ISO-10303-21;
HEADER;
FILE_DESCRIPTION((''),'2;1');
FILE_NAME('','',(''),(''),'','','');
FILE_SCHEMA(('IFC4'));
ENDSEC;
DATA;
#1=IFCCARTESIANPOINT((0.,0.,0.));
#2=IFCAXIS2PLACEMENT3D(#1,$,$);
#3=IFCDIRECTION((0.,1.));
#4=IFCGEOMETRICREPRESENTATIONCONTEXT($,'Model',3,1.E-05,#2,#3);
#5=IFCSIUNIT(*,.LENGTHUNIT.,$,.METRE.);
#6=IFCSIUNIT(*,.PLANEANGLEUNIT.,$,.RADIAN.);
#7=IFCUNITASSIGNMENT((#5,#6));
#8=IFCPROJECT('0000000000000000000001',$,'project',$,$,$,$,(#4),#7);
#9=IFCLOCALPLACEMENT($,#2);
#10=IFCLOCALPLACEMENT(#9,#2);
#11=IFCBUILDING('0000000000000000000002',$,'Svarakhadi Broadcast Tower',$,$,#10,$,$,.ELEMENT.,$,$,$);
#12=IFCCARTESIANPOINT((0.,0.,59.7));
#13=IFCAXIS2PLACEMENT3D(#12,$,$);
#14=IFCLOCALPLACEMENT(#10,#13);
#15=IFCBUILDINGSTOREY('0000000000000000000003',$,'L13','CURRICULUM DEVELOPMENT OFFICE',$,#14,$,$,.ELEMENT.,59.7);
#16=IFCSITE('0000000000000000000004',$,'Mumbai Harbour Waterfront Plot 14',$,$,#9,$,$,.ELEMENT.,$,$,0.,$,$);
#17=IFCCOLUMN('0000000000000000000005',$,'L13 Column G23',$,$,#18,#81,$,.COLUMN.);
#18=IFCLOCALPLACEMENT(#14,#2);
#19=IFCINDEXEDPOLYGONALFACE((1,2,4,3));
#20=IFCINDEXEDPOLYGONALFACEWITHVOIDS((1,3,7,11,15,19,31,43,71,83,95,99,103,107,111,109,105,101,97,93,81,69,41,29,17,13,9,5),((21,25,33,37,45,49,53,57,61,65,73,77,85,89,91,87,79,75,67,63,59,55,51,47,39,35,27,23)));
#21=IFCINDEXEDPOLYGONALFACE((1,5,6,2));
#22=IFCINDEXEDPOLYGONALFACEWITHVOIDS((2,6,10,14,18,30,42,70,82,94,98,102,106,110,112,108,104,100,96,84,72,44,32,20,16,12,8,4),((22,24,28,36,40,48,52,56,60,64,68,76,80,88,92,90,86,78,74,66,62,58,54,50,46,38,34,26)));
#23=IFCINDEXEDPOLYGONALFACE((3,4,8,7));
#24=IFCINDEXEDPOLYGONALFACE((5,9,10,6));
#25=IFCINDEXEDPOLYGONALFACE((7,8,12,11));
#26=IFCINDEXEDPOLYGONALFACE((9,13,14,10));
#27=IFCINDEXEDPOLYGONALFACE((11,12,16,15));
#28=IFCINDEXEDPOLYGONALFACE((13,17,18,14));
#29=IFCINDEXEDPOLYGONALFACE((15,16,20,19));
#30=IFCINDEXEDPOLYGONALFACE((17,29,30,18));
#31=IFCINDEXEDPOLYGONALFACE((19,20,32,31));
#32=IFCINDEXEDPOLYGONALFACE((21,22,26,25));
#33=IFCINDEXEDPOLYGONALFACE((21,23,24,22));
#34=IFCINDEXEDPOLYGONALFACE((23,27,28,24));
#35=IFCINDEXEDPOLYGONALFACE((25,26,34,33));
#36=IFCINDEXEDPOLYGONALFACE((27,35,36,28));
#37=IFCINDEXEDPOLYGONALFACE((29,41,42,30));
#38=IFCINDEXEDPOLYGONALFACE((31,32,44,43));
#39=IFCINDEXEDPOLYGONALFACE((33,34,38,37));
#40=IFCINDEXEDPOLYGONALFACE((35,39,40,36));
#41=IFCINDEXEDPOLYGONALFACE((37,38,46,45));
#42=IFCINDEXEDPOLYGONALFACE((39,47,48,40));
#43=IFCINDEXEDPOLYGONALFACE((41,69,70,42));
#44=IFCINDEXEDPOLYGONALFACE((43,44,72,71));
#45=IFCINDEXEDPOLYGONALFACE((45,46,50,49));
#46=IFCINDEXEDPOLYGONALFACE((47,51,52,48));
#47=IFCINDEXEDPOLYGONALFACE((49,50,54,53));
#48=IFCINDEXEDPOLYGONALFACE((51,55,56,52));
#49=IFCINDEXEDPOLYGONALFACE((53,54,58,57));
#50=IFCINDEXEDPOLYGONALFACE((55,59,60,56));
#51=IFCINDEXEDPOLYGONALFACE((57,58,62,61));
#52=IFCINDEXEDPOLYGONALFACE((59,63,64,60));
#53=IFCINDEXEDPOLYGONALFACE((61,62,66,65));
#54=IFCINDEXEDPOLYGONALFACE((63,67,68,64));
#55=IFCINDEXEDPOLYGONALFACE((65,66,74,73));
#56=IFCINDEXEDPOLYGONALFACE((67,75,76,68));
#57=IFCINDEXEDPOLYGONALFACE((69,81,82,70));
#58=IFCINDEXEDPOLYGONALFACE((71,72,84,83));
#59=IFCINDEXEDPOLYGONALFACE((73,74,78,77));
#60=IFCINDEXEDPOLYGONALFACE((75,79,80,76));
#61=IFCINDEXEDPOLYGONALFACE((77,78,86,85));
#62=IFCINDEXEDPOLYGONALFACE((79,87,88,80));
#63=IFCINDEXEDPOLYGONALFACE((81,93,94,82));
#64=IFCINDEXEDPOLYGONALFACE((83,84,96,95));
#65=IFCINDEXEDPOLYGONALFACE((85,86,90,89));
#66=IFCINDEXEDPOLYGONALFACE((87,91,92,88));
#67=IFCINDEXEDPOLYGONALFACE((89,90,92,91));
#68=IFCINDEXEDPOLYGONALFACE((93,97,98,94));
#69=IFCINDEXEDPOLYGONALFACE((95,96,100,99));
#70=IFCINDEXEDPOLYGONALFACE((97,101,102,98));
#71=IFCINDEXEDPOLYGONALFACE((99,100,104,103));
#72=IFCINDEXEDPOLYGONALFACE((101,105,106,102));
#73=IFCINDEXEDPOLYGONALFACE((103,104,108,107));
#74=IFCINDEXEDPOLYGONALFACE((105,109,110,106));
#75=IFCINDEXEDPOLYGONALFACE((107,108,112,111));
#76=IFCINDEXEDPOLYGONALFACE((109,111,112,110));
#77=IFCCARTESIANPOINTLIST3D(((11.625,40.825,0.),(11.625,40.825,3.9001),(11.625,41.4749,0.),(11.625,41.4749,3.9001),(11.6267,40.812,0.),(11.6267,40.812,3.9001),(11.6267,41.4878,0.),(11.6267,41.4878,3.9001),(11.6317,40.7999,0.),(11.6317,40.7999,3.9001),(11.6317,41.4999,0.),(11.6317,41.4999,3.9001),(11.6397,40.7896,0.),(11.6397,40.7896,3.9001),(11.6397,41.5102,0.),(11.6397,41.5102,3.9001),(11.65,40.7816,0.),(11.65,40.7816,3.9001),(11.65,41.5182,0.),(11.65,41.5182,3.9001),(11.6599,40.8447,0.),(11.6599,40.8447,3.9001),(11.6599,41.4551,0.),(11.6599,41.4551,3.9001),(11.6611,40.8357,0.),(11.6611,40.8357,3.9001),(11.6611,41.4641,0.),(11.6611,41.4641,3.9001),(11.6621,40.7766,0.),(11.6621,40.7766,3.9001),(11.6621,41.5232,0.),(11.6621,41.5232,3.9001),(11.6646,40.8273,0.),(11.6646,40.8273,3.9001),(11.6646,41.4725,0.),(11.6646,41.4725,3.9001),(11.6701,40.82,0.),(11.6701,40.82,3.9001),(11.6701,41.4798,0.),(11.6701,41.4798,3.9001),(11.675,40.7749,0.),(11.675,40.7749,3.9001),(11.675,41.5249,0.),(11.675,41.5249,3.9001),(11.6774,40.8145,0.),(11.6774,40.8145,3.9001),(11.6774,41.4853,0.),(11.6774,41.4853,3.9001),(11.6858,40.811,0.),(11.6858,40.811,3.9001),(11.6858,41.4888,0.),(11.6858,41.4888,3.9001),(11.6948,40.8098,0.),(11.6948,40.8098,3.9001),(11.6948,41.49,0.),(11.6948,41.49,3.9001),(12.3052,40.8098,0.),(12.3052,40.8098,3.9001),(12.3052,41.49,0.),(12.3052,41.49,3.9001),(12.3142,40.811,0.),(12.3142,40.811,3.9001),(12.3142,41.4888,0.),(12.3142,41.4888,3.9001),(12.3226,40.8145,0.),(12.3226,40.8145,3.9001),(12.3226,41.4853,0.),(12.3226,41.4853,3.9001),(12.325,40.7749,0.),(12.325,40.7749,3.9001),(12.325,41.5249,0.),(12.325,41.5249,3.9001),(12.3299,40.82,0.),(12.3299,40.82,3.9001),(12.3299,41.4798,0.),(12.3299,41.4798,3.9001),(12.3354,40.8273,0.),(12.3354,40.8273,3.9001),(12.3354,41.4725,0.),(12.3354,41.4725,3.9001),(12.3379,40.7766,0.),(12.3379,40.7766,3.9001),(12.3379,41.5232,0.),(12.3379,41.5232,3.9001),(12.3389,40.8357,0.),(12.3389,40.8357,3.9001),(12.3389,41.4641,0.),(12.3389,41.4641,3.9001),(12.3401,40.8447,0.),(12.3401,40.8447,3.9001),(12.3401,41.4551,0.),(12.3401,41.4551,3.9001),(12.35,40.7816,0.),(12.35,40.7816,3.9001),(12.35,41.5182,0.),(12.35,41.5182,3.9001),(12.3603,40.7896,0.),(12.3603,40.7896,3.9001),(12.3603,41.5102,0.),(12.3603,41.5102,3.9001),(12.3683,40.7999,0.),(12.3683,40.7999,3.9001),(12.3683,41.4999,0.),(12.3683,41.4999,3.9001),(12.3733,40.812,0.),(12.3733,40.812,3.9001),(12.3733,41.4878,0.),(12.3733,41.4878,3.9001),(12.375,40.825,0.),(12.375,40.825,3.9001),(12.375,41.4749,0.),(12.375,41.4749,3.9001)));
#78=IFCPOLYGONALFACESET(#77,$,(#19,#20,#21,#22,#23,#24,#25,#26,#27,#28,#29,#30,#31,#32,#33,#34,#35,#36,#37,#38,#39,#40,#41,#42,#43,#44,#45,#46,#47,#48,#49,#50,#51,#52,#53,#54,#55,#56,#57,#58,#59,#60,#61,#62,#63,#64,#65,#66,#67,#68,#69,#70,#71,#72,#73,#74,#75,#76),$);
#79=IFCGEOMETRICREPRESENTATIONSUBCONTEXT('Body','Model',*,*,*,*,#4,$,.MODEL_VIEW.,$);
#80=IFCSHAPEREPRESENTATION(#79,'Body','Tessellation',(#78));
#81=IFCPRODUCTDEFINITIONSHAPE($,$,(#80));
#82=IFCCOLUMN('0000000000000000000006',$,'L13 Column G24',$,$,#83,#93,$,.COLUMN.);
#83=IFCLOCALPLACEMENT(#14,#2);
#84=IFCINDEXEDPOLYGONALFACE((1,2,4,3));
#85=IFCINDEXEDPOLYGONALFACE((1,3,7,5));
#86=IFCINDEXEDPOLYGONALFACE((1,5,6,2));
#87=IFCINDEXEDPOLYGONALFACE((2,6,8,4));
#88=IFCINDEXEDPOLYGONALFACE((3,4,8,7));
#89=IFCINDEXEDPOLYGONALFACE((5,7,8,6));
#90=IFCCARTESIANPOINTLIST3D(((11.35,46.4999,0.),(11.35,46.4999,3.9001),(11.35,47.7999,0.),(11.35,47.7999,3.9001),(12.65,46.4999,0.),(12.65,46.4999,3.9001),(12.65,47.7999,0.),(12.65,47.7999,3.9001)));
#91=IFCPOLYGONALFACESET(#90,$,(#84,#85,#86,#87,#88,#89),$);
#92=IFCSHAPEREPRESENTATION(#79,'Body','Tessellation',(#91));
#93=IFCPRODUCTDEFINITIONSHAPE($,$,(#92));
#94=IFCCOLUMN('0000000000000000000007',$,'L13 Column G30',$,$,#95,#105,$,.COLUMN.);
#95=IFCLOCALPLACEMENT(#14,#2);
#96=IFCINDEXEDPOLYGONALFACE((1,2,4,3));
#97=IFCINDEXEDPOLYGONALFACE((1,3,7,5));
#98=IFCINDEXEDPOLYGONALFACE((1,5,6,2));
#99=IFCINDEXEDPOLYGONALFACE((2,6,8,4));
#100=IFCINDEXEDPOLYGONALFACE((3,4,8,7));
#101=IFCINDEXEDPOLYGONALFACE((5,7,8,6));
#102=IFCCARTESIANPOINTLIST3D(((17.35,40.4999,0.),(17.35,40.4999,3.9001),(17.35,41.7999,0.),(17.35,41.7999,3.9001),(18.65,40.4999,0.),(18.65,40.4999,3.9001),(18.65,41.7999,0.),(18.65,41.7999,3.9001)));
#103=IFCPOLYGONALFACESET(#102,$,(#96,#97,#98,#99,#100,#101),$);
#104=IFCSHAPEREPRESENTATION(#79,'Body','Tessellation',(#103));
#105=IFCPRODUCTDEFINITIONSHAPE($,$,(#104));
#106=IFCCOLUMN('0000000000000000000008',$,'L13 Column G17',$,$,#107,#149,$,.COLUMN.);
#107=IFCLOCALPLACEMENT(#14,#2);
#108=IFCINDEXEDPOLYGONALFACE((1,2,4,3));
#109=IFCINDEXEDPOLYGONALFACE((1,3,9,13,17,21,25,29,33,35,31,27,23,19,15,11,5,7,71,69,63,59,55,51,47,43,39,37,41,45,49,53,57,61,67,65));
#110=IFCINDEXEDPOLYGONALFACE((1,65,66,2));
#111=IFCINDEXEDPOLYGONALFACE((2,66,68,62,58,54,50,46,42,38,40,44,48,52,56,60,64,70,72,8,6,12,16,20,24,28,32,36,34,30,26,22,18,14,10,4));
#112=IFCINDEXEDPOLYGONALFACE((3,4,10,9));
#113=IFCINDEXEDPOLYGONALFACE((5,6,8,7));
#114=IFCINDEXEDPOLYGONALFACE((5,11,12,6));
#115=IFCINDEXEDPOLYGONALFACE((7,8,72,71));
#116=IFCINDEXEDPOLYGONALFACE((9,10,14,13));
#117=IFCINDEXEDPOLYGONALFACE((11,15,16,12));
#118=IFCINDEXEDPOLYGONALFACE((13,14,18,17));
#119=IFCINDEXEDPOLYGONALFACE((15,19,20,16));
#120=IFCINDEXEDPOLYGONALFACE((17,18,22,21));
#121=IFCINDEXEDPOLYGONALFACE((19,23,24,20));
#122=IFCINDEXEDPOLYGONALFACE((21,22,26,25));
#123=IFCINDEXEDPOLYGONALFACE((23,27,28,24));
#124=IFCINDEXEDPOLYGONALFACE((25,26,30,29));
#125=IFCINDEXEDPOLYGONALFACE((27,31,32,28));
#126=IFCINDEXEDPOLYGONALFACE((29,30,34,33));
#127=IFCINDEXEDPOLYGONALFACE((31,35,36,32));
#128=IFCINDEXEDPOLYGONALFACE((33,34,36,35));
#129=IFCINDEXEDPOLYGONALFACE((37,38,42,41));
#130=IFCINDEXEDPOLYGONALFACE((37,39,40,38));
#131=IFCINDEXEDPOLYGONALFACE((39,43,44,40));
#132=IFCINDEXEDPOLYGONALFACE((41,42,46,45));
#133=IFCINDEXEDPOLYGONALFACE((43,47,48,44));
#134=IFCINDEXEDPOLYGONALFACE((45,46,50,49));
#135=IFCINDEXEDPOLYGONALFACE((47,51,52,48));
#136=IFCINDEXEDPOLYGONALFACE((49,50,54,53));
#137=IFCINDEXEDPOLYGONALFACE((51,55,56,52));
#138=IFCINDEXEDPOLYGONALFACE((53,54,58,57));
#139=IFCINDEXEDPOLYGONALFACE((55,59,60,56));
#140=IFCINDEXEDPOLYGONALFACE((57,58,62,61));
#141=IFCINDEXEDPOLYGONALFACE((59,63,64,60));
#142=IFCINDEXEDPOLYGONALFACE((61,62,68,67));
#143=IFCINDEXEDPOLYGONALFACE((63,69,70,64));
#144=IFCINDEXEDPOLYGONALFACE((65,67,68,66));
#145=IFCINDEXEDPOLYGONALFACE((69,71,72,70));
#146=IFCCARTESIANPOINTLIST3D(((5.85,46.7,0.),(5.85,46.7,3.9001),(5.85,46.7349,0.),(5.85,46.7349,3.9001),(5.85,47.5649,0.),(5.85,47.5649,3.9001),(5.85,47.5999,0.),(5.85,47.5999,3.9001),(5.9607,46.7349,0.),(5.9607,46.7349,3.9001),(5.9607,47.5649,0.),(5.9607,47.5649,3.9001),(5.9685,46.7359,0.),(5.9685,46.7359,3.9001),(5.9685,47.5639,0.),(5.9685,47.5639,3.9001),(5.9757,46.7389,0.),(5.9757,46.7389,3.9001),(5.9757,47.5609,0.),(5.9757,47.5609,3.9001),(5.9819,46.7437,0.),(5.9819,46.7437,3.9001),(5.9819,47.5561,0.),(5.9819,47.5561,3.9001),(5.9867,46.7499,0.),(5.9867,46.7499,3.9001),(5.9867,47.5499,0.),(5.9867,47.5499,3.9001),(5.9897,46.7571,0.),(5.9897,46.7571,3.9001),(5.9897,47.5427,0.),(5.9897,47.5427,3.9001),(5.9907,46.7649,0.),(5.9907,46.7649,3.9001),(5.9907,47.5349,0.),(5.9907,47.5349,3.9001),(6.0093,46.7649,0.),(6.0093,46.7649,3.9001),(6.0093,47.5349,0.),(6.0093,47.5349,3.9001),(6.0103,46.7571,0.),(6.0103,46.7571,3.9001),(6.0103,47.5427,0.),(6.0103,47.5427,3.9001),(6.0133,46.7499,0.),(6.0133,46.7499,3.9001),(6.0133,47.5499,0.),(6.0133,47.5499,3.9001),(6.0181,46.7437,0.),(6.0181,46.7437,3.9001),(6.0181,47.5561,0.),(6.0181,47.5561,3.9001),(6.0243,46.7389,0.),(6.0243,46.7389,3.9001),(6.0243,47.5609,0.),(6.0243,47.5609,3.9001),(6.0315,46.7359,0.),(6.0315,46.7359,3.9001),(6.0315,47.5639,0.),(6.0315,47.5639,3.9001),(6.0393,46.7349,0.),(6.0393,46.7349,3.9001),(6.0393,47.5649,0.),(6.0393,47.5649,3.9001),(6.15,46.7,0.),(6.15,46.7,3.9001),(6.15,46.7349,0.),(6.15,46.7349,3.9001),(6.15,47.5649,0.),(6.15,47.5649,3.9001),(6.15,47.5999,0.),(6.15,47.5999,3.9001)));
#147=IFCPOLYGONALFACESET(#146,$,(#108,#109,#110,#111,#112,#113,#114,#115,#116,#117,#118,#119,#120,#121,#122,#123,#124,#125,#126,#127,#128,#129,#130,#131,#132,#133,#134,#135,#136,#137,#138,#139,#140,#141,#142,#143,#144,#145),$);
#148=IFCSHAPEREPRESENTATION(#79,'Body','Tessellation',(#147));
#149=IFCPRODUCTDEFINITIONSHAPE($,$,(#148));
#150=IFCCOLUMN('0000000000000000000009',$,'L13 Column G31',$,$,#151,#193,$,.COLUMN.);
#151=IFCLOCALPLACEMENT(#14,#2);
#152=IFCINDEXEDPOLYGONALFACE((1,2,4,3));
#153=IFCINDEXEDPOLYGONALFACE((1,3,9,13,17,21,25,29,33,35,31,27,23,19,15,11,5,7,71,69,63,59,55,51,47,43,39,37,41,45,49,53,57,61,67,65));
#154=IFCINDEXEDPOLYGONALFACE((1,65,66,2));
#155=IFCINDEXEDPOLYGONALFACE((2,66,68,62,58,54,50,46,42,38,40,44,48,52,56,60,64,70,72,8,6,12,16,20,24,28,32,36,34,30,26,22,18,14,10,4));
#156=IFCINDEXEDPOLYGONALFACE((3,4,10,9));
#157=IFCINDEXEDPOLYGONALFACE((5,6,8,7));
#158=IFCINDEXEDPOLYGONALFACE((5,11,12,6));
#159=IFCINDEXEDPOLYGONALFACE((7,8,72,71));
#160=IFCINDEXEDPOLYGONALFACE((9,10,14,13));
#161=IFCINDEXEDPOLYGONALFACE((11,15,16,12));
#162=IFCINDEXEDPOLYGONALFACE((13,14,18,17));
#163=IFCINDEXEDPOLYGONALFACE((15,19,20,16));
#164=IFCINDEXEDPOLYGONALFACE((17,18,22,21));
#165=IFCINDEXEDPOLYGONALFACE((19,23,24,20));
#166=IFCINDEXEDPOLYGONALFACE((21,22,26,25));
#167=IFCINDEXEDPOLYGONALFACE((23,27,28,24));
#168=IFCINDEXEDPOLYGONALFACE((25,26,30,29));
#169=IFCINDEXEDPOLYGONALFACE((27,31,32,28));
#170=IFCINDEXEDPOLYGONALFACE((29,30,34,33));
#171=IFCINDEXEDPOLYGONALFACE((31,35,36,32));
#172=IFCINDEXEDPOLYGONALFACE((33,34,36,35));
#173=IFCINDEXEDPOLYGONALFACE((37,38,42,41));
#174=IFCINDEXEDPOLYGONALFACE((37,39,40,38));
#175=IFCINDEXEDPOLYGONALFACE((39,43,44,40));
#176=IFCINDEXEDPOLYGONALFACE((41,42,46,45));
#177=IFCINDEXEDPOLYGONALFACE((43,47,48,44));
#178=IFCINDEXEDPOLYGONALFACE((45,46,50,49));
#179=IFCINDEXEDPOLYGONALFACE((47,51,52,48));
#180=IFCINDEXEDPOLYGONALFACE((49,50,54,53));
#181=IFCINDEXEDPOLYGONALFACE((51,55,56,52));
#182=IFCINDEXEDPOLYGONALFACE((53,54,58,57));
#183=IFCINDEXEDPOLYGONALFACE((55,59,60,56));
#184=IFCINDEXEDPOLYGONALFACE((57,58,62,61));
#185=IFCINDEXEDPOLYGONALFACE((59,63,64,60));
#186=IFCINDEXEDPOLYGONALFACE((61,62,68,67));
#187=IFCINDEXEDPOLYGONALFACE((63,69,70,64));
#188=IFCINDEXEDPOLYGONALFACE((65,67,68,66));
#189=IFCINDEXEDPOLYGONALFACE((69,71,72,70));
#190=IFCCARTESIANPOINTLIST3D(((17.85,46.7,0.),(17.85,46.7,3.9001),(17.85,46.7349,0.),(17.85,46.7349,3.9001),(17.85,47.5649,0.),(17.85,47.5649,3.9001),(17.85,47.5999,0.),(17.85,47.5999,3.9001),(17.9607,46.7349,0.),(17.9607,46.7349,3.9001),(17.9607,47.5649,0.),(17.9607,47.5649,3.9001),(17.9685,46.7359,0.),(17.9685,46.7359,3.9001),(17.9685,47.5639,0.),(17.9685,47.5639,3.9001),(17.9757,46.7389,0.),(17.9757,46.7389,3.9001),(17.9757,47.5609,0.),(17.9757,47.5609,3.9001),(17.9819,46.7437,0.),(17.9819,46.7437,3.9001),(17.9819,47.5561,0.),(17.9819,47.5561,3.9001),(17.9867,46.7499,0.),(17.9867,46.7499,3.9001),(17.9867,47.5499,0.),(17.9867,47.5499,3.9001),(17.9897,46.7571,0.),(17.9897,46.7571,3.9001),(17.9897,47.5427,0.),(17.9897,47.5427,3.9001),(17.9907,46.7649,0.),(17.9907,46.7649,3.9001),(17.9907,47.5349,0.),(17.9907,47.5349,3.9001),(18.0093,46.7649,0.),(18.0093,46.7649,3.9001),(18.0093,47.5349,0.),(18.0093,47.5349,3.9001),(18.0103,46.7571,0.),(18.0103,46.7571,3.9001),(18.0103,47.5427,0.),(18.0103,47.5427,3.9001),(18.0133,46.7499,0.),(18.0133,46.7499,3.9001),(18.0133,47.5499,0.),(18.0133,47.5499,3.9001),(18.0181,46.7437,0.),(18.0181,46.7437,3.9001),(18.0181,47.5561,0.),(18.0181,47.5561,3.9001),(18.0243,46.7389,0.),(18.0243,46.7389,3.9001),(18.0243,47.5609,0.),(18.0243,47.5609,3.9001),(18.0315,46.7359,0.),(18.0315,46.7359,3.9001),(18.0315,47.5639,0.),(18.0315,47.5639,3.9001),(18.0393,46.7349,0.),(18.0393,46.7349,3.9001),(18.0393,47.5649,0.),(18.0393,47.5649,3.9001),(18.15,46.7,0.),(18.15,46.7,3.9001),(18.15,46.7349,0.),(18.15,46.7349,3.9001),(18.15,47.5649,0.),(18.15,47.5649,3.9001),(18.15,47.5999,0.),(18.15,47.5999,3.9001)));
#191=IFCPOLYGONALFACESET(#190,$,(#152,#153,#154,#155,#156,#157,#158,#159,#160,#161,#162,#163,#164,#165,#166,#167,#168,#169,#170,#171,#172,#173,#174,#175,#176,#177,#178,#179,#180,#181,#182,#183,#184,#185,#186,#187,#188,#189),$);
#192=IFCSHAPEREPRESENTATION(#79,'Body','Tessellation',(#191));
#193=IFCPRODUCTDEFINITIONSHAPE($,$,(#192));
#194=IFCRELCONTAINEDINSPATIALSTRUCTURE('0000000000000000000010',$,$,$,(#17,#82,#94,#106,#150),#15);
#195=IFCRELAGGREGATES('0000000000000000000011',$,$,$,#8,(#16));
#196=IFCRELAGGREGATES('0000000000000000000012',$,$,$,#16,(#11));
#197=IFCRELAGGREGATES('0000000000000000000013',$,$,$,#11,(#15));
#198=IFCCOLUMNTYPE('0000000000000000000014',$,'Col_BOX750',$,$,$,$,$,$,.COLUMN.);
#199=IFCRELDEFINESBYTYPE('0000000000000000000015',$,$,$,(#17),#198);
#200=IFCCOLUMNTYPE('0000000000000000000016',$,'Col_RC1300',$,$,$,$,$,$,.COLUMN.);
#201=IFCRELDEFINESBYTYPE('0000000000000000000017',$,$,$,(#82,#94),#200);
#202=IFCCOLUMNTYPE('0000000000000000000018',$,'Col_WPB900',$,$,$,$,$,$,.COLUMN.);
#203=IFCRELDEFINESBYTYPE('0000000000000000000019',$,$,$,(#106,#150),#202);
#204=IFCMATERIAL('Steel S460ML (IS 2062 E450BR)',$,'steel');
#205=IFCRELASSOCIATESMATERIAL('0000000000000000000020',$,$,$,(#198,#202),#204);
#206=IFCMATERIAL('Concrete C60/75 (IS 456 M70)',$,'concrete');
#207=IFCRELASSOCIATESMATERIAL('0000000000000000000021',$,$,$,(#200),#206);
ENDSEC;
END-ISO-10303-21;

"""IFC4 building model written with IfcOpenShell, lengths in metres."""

from ifc_helpers import new_model, si_unit, direction, frame, origin, origin_2d, place, context, subcontext, project, spatial, rectangle, hollow_rectangle, i_section, extrude, material, material_profile, profile_set, type_object, element, save


model = new_model("IFC4")

# Units and contexts
model_context = context("Model", 3, precision=1e-05, world=origin(), true_north=direction((0.0, 1.0)))
body_context = subcontext(model_context, "Body", "Model", "MODEL_VIEW")
ifc_project = project(units=[si_unit("LENGTHUNIT", "METRE"), si_unit("PLANEANGLEUNIT", "RADIAN")], contexts=[model_context])

# Site, building, storey
site_placement = place(None, origin())
site = spatial("IfcSite", under=ifc_project, at=site_placement, Name="Mumbai Harbour Waterfront Plot 14", CompositionType="ELEMENT", RefElevation=0.0)
building_placement = place(site_placement, origin())
building = spatial("IfcBuilding", under=site, at=building_placement, Name="Svarakhadi Broadcast Tower", CompositionType="ELEMENT")
storey_placement = place(building_placement, frame((0.0, 0.0, 59.7)))
storey = spatial("IfcBuildingStorey", under=building, at=storey_placement, Name="L13", Description="CURRICULUM DEVELOPMENT OFFICE", CompositionType="ELEMENT", Elevation=59.7)

# Columns
ifc_material_1 = material(Name="Steel S460ML (IS 2062 E450BR)", Category="steel")
ifc_material_profile_1 = material_profile(ifc_material_1, hollow_rectangle(XDim=0.75, YDim=0.75, WallThickness=0.0349, InnerFilletRadius=0.0349, OuterFilletRadius=0.05, at=origin_2d()), Name="BOX 750x750x35")
ifc_profile_set_1 = profile_set([ifc_material_profile_1], Name="Steel S460ML (IS 2062 E450BR)")
column_type_1 = type_object("IfcColumnType", Name="Col_BOX750", PredefinedType="COLUMN", material=ifc_profile_set_1)
column_placement = place(storey_placement, frame((12.0, 41.1499, 0.0), z_axis=(0.0, 0.0, 1.0), x_axis=(1.0, 0.0, 0.0)))
element("IfcColumn", 1, at=column_placement, inside=storey, type_object=column_type_1, Name="L13 Column G23", PredefinedType="COLUMN", context=body_context, shape_type="SweptSolid", body=[
    extrude(hollow_rectangle(XDim=0.75, YDim=0.75, WallThickness=0.0349, InnerFilletRadius=0.0349, OuterFilletRadius=0.05, at=origin_2d()), origin(), (0.0, 0.0, 1.0), 3.9001),
])
ifc_material_2 = material(Name="Concrete C60/75 (IS 456 M70)", Category="concrete")
ifc_material_profile_2 = material_profile(ifc_material_2, rectangle(XDim=1.3, YDim=1.3, at=origin_2d()), Name="RC 1300x1300")
ifc_profile_set_2 = profile_set([ifc_material_profile_2], Name="Concrete C60/75 (IS 456 M70)")
column_type_2 = type_object("IfcColumnType", Name="Col_RC1300", PredefinedType="COLUMN", material=ifc_profile_set_2)
for number, where, z_axis, x_axis, name in (
    (2, (12.0, 47.1499, 0.0), (0.0, 0.0, 1.0), (1.0, 0.0, 0.0), "L13 Column G24"),
    (3, (18.0, 41.1499, 0.0), (0.0, 0.0, 1.0), (1.0, 0.0, 0.0), "L13 Column G30"),
):
    element("IfcColumn", number, at=place(storey_placement, frame(where, z_axis=z_axis, x_axis=x_axis)), inside=storey, type_object=column_type_2, Name=name, PredefinedType="COLUMN", context=body_context, shape_type="SweptSolid", body=[
        extrude(rectangle(XDim=1.3, YDim=1.3, at=origin_2d()), origin(), (0.0, 0.0, 1.0), 3.9001),
    ])
ifc_material_profile_3 = material_profile(ifc_material_1, i_section(OverallWidth=0.3, OverallDepth=0.8999, WebThickness=0.0186, FlangeThickness=0.0349, FilletRadius=0.03, at=origin_2d()), Name="WPB 900x300x291")
ifc_profile_set_3 = profile_set([ifc_material_profile_3], Name="Steel S460ML (IS 2062 E450BR)")
column_type_3 = type_object("IfcColumnType", Name="Col_WPB900", PredefinedType="COLUMN", material=ifc_profile_set_3)
for number, where, z_axis, x_axis, name in (
    (4, (6.0, 47.1499, 0.0), (0.0, 0.0, 1.0), (1.0, 0.0, 0.0), "L13 Column G17"),
    (5, (18.0, 47.1499, 0.0), (0.0, 0.0, 1.0), (1.0, 0.0, 0.0), "L13 Column G31"),
):
    element("IfcColumn", number, at=place(storey_placement, frame(where, z_axis=z_axis, x_axis=x_axis)), inside=storey, type_object=column_type_3, Name=name, PredefinedType="COLUMN", context=body_context, shape_type="SweptSolid", body=[
        extrude(i_section(OverallWidth=0.3, OverallDepth=0.8999, WebThickness=0.0186, FlangeThickness=0.0349, FilletRadius=0.03, at=origin_2d()), origin(), (0.0, 0.0, 1.0), 3.9001),
    ])

save(model, "model.ifc")
